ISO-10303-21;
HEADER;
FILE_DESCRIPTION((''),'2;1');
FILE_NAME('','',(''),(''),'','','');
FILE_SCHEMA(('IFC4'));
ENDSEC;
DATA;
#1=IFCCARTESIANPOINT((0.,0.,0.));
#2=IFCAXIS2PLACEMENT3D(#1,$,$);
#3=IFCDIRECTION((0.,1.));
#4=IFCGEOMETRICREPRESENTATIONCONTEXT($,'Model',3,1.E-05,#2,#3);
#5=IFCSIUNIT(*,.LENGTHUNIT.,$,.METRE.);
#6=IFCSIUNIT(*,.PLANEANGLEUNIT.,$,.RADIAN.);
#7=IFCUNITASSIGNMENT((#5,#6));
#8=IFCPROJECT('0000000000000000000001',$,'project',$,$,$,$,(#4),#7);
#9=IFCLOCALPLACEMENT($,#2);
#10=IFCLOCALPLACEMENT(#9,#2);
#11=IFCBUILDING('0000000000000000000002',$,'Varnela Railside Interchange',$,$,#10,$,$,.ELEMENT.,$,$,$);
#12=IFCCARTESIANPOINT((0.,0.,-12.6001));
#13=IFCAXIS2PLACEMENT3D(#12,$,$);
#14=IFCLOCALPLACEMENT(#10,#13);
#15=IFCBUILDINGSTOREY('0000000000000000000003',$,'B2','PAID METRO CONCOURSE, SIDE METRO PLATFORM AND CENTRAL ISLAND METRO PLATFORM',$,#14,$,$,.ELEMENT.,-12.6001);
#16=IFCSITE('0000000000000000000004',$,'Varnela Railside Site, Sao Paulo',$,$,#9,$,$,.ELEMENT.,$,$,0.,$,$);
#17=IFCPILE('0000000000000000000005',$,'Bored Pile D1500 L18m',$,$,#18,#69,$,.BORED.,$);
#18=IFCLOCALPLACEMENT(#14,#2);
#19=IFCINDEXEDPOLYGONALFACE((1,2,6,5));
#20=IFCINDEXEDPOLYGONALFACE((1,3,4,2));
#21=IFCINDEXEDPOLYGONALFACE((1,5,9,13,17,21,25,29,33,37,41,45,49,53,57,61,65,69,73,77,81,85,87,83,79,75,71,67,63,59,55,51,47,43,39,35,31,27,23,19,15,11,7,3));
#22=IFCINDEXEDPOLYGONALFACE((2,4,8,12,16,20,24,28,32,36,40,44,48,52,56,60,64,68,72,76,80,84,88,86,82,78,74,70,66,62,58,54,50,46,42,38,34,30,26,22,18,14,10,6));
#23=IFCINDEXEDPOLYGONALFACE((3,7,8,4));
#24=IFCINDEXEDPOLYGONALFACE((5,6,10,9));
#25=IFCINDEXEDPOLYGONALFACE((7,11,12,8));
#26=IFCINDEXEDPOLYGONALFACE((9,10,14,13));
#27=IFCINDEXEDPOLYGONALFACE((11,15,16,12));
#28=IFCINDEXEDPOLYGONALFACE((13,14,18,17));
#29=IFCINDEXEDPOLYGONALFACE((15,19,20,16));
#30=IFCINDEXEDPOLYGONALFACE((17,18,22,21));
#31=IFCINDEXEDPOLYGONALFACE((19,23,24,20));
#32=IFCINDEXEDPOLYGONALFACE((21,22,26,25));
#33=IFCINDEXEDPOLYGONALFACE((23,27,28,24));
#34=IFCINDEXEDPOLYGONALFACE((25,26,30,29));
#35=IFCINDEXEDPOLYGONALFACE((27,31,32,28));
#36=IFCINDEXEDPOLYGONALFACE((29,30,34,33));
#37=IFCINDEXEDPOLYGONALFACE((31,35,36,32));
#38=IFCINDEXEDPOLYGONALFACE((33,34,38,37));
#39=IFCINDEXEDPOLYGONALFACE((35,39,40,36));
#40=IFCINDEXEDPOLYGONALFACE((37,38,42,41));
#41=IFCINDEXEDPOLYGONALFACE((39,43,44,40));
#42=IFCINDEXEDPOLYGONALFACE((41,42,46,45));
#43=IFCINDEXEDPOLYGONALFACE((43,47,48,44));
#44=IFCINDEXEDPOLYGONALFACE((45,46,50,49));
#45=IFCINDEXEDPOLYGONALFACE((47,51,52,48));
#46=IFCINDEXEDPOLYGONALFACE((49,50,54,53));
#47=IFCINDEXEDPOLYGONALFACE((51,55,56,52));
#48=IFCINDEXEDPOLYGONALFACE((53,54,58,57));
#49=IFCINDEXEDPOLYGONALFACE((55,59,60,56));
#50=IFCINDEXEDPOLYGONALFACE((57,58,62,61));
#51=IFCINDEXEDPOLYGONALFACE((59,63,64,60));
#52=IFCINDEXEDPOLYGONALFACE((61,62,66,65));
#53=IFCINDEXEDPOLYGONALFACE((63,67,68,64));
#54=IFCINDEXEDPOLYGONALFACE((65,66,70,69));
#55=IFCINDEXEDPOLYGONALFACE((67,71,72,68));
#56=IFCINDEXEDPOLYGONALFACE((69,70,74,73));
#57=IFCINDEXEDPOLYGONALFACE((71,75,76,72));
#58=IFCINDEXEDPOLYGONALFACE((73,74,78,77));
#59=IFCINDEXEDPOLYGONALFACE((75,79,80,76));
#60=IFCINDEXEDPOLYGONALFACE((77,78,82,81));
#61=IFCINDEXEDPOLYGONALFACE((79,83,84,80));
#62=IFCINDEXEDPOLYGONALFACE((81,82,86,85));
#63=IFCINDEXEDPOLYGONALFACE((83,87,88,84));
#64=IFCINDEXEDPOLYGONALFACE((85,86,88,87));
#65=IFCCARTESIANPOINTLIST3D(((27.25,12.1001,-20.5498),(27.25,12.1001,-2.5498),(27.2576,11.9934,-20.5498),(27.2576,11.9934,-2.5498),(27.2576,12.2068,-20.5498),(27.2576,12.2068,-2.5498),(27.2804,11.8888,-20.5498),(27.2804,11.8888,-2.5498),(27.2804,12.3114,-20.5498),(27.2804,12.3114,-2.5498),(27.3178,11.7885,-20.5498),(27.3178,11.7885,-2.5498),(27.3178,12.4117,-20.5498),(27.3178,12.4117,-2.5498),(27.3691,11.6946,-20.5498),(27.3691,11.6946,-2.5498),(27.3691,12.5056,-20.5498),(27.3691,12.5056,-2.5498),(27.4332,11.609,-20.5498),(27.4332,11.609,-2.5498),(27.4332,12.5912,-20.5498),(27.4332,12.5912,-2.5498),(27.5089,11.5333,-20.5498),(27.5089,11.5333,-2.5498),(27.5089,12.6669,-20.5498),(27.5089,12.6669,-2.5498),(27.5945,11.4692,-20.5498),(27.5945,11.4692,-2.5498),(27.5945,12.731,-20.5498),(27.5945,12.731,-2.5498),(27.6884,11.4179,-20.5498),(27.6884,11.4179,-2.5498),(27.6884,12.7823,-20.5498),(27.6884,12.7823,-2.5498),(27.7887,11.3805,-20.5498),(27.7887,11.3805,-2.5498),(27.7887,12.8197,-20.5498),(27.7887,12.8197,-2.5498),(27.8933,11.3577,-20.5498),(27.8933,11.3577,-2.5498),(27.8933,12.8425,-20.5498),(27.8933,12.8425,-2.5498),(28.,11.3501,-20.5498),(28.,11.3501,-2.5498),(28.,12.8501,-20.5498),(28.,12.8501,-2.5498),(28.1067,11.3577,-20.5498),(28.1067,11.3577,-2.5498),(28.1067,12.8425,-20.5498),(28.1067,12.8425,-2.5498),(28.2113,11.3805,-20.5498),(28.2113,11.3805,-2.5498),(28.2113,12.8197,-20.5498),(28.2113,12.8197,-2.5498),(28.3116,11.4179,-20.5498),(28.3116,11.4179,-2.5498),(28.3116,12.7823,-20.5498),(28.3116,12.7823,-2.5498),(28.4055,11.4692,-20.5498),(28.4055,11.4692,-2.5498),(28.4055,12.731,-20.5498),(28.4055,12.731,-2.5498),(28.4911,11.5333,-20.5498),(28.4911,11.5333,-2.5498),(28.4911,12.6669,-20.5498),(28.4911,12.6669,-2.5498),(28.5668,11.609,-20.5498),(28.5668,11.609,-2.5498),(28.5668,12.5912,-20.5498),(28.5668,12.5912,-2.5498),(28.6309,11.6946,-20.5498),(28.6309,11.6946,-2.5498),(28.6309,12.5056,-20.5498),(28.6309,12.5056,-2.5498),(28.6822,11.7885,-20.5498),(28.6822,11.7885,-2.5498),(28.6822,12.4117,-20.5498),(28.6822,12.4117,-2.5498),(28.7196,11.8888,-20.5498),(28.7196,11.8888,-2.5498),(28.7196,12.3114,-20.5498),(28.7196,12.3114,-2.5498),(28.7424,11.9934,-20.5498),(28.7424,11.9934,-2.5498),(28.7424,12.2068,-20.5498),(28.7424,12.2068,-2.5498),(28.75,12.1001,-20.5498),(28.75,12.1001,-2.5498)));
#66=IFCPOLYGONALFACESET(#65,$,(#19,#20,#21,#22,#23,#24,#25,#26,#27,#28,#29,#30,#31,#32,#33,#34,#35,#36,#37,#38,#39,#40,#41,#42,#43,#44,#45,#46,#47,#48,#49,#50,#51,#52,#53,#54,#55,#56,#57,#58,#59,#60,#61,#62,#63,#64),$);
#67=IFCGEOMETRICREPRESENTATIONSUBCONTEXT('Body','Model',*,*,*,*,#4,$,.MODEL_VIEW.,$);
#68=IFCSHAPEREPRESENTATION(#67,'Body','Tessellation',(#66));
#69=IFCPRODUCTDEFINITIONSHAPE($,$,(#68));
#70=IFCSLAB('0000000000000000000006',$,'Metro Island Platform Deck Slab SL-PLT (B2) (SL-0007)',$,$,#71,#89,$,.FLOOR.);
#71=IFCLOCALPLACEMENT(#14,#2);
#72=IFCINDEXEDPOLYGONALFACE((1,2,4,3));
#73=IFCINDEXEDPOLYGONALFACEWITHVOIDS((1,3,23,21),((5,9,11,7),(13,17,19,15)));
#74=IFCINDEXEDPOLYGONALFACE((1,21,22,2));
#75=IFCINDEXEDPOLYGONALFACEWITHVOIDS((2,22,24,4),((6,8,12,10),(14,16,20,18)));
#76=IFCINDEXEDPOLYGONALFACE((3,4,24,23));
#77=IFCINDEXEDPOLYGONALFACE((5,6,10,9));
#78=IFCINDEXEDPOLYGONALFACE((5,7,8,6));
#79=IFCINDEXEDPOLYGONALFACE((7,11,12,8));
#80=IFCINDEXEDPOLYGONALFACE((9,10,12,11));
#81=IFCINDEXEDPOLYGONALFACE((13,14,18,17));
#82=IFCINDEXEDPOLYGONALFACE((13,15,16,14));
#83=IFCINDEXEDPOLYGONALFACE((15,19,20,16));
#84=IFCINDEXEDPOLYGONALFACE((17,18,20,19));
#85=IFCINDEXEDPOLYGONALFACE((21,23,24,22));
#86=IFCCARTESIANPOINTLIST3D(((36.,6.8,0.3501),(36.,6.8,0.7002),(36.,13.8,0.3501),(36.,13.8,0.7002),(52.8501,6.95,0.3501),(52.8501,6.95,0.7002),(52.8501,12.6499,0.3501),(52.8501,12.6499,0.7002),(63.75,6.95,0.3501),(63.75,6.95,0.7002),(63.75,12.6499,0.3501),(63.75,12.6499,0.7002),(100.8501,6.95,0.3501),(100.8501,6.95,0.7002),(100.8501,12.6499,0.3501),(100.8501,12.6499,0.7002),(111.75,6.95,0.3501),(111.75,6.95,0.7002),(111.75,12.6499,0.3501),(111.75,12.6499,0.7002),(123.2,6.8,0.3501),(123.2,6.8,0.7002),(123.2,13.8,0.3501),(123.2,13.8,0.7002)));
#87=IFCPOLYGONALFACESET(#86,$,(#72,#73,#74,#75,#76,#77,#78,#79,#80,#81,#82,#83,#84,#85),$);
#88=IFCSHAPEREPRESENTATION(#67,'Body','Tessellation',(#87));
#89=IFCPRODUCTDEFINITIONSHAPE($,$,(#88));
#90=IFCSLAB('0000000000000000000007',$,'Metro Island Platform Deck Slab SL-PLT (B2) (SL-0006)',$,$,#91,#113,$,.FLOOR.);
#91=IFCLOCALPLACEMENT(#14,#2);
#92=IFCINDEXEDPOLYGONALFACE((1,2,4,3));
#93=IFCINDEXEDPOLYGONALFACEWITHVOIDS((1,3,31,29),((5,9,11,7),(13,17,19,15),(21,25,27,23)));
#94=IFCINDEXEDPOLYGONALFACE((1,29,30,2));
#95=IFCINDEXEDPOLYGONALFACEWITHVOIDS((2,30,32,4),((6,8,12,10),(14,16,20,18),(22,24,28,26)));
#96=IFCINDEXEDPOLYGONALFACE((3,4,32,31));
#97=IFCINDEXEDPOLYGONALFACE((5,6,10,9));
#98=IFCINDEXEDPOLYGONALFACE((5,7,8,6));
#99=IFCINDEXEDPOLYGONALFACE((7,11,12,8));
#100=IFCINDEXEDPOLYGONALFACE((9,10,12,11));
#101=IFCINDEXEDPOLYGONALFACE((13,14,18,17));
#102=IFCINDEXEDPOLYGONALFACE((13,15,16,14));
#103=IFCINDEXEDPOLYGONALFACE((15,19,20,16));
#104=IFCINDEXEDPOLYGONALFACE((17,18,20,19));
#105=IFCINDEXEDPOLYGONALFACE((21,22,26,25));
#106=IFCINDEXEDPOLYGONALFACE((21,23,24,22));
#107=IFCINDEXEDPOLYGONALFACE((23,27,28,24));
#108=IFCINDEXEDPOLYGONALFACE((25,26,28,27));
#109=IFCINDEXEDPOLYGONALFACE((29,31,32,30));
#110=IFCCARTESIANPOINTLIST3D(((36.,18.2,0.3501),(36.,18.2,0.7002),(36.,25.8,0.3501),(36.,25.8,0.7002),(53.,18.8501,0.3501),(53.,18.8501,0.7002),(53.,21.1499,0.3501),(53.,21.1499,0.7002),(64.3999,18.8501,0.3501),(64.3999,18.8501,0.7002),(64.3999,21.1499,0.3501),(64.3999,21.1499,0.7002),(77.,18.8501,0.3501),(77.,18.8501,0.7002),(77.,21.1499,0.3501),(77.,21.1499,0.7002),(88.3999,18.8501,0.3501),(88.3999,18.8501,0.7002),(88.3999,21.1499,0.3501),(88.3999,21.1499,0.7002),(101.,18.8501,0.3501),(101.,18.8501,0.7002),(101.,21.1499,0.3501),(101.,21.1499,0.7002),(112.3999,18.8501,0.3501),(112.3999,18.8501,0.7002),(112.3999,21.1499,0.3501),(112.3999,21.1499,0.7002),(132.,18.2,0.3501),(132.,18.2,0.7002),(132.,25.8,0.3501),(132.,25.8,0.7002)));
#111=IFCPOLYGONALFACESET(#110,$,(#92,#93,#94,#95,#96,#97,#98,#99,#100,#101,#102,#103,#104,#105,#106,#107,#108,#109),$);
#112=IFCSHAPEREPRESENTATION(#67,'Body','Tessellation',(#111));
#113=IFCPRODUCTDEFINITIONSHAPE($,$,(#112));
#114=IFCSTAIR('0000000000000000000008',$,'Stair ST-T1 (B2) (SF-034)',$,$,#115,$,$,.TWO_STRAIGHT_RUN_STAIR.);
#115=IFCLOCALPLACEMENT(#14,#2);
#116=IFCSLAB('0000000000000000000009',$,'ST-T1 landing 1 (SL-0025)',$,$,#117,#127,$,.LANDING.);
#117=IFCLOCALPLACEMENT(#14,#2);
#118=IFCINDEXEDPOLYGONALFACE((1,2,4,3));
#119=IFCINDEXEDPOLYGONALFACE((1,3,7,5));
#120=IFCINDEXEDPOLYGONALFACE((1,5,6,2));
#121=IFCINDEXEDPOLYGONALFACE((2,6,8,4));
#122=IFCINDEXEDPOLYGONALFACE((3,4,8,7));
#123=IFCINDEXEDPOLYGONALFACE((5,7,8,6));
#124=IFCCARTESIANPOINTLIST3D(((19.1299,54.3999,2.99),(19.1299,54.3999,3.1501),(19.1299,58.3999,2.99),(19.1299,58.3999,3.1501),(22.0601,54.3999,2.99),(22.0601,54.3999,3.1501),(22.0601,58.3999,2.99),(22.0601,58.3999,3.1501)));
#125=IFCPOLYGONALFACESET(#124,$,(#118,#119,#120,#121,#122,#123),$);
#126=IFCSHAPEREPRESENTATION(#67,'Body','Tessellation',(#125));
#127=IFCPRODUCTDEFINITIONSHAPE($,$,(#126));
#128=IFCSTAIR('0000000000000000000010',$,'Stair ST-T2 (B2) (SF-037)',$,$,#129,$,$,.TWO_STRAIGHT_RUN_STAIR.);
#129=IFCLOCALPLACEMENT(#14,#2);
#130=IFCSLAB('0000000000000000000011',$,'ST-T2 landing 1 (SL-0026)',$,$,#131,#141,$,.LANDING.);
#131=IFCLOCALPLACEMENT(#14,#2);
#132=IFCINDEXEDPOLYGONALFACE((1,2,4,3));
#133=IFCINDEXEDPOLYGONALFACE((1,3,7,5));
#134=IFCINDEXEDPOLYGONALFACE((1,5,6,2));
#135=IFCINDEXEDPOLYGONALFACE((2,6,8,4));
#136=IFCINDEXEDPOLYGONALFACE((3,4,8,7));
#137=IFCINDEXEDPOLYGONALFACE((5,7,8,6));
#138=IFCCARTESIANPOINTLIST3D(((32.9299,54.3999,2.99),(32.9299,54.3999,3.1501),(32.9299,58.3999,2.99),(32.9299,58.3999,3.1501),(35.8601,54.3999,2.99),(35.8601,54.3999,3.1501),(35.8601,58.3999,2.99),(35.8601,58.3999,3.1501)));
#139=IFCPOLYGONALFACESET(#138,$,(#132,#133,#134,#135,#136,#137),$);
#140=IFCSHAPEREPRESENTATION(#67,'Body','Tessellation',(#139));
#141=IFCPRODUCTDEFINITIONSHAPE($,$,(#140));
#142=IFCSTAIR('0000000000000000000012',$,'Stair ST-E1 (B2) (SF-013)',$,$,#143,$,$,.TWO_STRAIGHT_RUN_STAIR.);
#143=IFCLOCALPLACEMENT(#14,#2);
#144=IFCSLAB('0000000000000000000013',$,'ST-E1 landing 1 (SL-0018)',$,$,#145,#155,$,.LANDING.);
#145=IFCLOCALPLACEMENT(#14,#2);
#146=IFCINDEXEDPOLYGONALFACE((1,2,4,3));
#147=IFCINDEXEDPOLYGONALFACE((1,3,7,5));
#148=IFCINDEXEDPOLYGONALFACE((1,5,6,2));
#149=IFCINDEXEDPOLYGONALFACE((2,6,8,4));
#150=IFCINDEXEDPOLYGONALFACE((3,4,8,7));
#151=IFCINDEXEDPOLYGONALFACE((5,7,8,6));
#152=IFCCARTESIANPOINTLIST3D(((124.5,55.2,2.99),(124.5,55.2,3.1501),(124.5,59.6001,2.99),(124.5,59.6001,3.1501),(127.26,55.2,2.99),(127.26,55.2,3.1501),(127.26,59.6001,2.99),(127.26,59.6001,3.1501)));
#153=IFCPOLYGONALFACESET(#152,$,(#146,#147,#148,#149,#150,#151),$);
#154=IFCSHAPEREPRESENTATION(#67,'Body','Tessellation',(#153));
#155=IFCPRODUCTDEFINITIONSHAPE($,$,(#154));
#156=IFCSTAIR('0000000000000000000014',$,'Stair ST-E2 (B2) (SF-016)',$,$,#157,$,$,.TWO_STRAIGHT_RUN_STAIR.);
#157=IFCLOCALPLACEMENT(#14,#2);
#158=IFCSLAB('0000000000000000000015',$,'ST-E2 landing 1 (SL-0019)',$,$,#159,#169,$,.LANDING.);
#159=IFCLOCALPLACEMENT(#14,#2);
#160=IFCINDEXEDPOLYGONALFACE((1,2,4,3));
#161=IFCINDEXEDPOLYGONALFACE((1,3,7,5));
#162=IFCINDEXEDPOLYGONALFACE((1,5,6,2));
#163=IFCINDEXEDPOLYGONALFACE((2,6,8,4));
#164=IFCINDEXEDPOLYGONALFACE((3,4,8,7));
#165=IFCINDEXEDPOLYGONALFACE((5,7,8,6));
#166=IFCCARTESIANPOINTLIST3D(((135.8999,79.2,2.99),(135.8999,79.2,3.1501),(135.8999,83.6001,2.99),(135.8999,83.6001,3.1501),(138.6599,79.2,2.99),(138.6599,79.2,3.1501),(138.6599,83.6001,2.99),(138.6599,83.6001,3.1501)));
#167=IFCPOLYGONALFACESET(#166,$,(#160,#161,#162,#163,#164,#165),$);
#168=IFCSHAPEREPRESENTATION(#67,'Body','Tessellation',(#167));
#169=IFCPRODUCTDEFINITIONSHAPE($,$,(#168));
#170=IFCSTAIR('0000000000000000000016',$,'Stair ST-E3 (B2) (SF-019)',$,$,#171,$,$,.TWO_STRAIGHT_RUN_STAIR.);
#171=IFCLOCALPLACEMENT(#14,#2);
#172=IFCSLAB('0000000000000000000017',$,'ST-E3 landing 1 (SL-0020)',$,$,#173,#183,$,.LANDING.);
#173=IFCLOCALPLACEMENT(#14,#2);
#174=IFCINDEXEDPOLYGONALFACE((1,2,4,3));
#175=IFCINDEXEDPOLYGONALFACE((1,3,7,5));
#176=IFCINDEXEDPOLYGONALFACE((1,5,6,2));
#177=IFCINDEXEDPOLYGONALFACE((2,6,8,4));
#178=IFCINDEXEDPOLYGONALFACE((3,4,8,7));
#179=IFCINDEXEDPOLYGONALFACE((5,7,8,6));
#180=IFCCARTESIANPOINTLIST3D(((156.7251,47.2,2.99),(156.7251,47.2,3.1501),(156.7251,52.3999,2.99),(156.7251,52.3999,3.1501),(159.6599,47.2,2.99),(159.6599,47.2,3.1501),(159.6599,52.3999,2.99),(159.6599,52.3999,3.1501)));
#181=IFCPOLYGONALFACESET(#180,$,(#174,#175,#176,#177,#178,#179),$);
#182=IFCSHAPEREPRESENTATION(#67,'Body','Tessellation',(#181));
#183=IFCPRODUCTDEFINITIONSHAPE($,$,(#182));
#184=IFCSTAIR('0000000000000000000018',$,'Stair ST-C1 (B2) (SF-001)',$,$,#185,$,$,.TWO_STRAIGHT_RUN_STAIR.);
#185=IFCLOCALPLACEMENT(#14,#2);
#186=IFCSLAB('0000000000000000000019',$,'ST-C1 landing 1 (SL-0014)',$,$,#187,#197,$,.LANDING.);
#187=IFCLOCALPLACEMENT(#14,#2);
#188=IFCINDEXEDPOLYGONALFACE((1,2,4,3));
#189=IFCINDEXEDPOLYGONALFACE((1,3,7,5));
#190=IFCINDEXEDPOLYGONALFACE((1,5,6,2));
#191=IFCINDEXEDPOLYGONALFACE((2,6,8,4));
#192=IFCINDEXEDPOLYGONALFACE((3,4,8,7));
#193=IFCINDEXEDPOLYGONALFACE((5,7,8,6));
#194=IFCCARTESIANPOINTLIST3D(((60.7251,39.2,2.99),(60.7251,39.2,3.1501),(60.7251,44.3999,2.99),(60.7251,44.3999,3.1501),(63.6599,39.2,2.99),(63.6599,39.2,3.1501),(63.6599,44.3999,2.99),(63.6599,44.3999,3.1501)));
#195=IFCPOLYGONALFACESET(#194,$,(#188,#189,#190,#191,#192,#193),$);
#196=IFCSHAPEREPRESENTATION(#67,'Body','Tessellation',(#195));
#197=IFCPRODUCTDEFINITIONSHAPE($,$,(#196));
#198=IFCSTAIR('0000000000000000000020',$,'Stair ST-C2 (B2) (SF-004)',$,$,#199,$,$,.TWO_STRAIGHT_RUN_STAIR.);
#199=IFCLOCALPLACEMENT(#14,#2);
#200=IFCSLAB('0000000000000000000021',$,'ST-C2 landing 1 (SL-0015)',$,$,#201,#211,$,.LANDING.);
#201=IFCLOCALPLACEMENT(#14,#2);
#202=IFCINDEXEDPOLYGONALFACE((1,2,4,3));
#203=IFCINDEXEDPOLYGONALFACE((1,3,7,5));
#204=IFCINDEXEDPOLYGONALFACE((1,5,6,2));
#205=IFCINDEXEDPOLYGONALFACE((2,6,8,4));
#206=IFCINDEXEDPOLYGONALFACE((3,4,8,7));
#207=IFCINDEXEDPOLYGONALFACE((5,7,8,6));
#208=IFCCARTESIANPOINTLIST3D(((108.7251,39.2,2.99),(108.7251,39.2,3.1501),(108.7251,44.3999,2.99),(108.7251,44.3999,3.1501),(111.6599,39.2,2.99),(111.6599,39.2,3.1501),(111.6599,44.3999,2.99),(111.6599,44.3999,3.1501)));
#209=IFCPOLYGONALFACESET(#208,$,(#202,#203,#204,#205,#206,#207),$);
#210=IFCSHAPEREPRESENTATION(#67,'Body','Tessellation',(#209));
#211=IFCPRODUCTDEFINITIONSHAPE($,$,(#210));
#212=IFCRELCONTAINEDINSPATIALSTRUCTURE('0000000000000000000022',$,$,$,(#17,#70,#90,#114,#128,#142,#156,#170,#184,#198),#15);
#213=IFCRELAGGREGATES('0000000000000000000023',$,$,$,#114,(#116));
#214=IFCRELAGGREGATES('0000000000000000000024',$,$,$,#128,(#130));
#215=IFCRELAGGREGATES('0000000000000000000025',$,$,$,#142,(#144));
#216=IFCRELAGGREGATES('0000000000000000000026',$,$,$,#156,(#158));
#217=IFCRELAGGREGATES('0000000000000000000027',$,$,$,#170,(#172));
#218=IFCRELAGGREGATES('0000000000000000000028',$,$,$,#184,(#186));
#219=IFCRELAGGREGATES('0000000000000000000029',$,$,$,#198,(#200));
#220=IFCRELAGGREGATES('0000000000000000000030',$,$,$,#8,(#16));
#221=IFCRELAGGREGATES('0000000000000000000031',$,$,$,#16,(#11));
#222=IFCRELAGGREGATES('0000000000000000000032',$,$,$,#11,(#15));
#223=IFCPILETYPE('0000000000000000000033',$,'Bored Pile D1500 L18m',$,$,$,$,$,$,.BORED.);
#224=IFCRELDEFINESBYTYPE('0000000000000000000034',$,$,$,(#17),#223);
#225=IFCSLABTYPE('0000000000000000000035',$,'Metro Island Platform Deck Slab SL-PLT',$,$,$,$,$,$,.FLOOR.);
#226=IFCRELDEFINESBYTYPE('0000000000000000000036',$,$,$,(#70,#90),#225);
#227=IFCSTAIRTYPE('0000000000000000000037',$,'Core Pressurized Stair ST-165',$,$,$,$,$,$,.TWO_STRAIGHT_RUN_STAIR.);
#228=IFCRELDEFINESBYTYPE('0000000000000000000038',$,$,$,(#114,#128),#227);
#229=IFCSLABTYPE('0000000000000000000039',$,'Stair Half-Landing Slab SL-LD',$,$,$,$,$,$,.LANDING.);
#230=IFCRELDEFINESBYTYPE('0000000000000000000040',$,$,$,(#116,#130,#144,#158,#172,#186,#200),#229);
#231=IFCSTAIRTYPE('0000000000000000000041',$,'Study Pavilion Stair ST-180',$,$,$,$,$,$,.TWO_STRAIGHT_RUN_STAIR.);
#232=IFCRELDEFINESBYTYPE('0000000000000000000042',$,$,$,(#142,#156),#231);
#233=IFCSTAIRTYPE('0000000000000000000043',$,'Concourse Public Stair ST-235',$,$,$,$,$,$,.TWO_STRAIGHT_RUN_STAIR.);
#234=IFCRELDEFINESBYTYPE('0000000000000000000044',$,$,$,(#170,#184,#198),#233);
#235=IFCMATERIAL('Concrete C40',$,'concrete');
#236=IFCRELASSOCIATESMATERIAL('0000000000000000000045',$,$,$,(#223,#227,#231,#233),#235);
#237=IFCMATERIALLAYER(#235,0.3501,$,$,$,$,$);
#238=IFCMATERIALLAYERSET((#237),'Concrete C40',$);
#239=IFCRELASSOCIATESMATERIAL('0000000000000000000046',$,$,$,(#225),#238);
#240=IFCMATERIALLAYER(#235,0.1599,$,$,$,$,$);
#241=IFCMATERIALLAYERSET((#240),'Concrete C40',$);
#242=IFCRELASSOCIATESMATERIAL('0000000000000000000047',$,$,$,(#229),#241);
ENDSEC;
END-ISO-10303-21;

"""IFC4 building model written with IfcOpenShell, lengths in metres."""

from ifc_helpers import new_model, si_unit, direction, frame, origin, origin_2d, place, context, subcontext, project, spatial, polyline, circle, outline, extrude, material, layer, layer_set, material_profile, profile_set, type_object, element, aggregate, save


model = new_model("IFC4")

# Units and contexts
model_context = context("Model", 3, precision=1e-05, world=origin(), true_north=direction((0.0, 1.0)))
body_context = subcontext(model_context, "Body", "Model", "MODEL_VIEW")
ifc_project = project(units=[si_unit("LENGTHUNIT", "METRE"), si_unit("PLANEANGLEUNIT", "RADIAN")], contexts=[model_context])

# Site, building, storey
site_placement = place(None, origin())
site = spatial("IfcSite", under=ifc_project, at=site_placement, Name="Varnela Railside Site, Sao Paulo", CompositionType="ELEMENT", RefElevation=0.0)
building_placement = place(site_placement, origin())
building = spatial("IfcBuilding", under=site, at=building_placement, Name="Varnela Railside Interchange", CompositionType="ELEMENT")
storey_placement = place(building_placement, frame((0.0, 0.0, -12.6001)))
storey = spatial("IfcBuildingStorey", under=building, at=storey_placement, Name="B2", Description="PAID METRO CONCOURSE, SIDE METRO PLATFORM AND CENTRAL ISLAND METRO PLATFORM", CompositionType="ELEMENT", Elevation=-12.6001)

# Pile
ifc_material_1 = material(Name="Concrete C40", Category="concrete")
ifc_material_profile = material_profile(ifc_material_1, circle(Radius=0.75, at=origin_2d()), Name="BORED PILE D1500")
ifc_profile_set = profile_set([ifc_material_profile], Name="Concrete C40")
pile_type = type_object("IfcPileType", Name="Bored Pile D1500 L18m", PredefinedType="BORED", material=ifc_profile_set)
pile_placement = place(storey_placement, frame((28.0, 12.1001, -2.5498), z_axis=(0.0, 0.0, -1.0), x_axis=(1.0, 0.0, 0.0)))
element("IfcPile", 1, at=pile_placement, inside=storey, type_object=pile_type, Name="Bored Pile D1500 L18m", PredefinedType="BORED", context=body_context, shape_type="SweptSolid", body=[
    extrude(circle(Radius=0.75, at=origin_2d()), origin(), (0.0, 0.0, 1.0), 18.0),
])

# Slabs
ifc_layer_1 = layer(ifc_material_1, 0.3501)
ifc_layer_set_1 = layer_set([ifc_layer_1], Name="Concrete C40")
slab_type_1 = type_object("IfcSlabType", Name="Metro Island Platform Deck Slab SL-PLT", PredefinedType="FLOOR", material=ifc_layer_set_1)
slab_1_placement = place(storey_placement, frame((0.0, 0.0, 0.3501)))
element("IfcSlab", 2, at=slab_1_placement, inside=storey, type_object=slab_type_1, Name="Metro Island Platform Deck Slab SL-PLT (B2) (SL-0007)", PredefinedType="FLOOR", context=body_context, shape_type="SweptSolid", body=[
    extrude(outline(polyline([(36.0, 6.8), (123.2, 6.8), (123.2, 13.8), (36.0, 13.8), (36.0, 6.8)]), holes=[polyline([(52.8501, 6.95), (63.75, 6.95), (63.75, 12.6499), (52.8501, 12.6499), (52.8501, 6.95)]), polyline([(100.8501, 6.95), (111.75, 6.95), (111.75, 12.6499), (100.8501, 12.6499), (100.8501, 6.95)])]), origin(), (0.0, 0.0, 1.0), 0.3501),
])
slab_2_placement = place(storey_placement, frame((0.0, 0.0, 0.3501)))
element("IfcSlab", 3, at=slab_2_placement, inside=storey, type_object=slab_type_1, Name="Metro Island Platform Deck Slab SL-PLT (B2) (SL-0006)", PredefinedType="FLOOR", context=body_context, shape_type="SweptSolid", body=[
    extrude(outline(polyline([(36.0, 18.2), (132.0, 18.2), (132.0, 25.8), (36.0, 25.8), (36.0, 18.2)]), holes=[polyline([(53.0, 18.8501), (64.3999, 18.8501), (64.3999, 21.1499), (53.0, 21.1499), (53.0, 18.8501)]), polyline([(77.0, 18.8501), (88.3999, 18.8501), (88.3999, 21.1499), (77.0, 21.1499), (77.0, 18.8501)]), polyline([(101.0, 18.8501), (112.3999, 18.8501), (112.3999, 21.1499), (101.0, 21.1499), (101.0, 18.8501)])]), origin(), (0.0, 0.0, 1.0), 0.3501),
])

# Stairs, slabs
stair_type_1 = type_object("IfcStairType", Name="Core Pressurized Stair ST-165", PredefinedType="TWO_STRAIGHT_RUN_STAIR", material=ifc_material_1)
stair_1_placement = place(storey_placement, origin())
stair_1 = element("IfcStair", 4, at=stair_1_placement, inside=storey, type_object=stair_type_1, Name="Stair ST-T1 (B2) (SF-034)", PredefinedType="TWO_STRAIGHT_RUN_STAIR")
ifc_layer_2 = layer(ifc_material_1, 0.1599)
ifc_layer_set_2 = layer_set([ifc_layer_2], Name="Concrete C40")
slab_type_2 = type_object("IfcSlabType", Name="Stair Half-Landing Slab SL-LD", PredefinedType="LANDING", material=ifc_layer_set_2)
slab_3_placement = place(storey_placement, frame((0.0, 0.0, 2.99)))
slab_3 = element("IfcSlab", 5, at=slab_3_placement, type_object=slab_type_2, Name="ST-T1 landing 1 (SL-0025)", PredefinedType="LANDING", context=body_context, shape_type="SweptSolid", body=[
    extrude(outline(polyline([(19.1299, 54.3999), (22.0601, 54.3999), (22.0601, 58.3999), (19.1299, 58.3999), (19.1299, 54.3999)])), origin(), (0.0, 0.0, 1.0), 0.1602),
])
aggregate(stair_1, [slab_3])
stair_2_placement = place(storey_placement, origin())
stair_2 = element("IfcStair", 6, at=stair_2_placement, inside=storey, type_object=stair_type_1, Name="Stair ST-T2 (B2) (SF-037)", PredefinedType="TWO_STRAIGHT_RUN_STAIR")
slab_4_placement = place(storey_placement, frame((0.0, 0.0, 2.99)))
slab_4 = element("IfcSlab", 7, at=slab_4_placement, type_object=slab_type_2, Name="ST-T2 landing 1 (SL-0026)", PredefinedType="LANDING", context=body_context, shape_type="SweptSolid", body=[
    extrude(outline(polyline([(32.9299, 54.3999), (35.8601, 54.3999), (35.8601, 58.3999), (32.9299, 58.3999), (32.9299, 54.3999)])), origin(), (0.0, 0.0, 1.0), 0.1602),
])
aggregate(stair_2, [slab_4])
stair_type_2 = type_object("IfcStairType", Name="Study Pavilion Stair ST-180", PredefinedType="TWO_STRAIGHT_RUN_STAIR", material=ifc_material_1)
stair_3_placement = place(storey_placement, origin())
stair_3 = element("IfcStair", 8, at=stair_3_placement, inside=storey, type_object=stair_type_2, Name="Stair ST-E1 (B2) (SF-013)", PredefinedType="TWO_STRAIGHT_RUN_STAIR")
slab_5_placement = place(storey_placement, frame((0.0, 0.0, 2.99)))
slab_5 = element("IfcSlab", 9, at=slab_5_placement, type_object=slab_type_2, Name="ST-E1 landing 1 (SL-0018)", PredefinedType="LANDING", context=body_context, shape_type="SweptSolid", body=[
    extrude(outline(polyline([(124.5, 55.2), (127.26, 55.2), (127.26, 59.6001), (124.5, 59.6001), (124.5, 55.2)])), origin(), (0.0, 0.0, 1.0), 0.1602),
])
aggregate(stair_3, [slab_5])
stair_4_placement = place(storey_placement, origin())
stair_4 = element("IfcStair", 10, at=stair_4_placement, inside=storey, type_object=stair_type_2, Name="Stair ST-E2 (B2) (SF-016)", PredefinedType="TWO_STRAIGHT_RUN_STAIR")
slab_6_placement = place(storey_placement, frame((0.0, 0.0, 2.99)))
slab_6 = element("IfcSlab", 11, at=slab_6_placement, type_object=slab_type_2, Name="ST-E2 landing 1 (SL-0019)", PredefinedType="LANDING", context=body_context, shape_type="SweptSolid", body=[
    extrude(outline(polyline([(135.8999, 79.2), (138.6599, 79.2), (138.6599, 83.6001), (135.8999, 83.6001), (135.8999, 79.2)])), origin(), (0.0, 0.0, 1.0), 0.1602),
])
aggregate(stair_4, [slab_6])
stair_type_3 = type_object("IfcStairType", Name="Concourse Public Stair ST-235", PredefinedType="TWO_STRAIGHT_RUN_STAIR", material=ifc_material_1)
stair_5_placement = place(storey_placement, origin())
stair_5 = element("IfcStair", 12, at=stair_5_placement, inside=storey, type_object=stair_type_3, Name="Stair ST-E3 (B2) (SF-019)", PredefinedType="TWO_STRAIGHT_RUN_STAIR")
slab_7_placement = place(storey_placement, frame((0.0, 0.0, 2.99)))
slab_7 = element("IfcSlab", 13, at=slab_7_placement, type_object=slab_type_2, Name="ST-E3 landing 1 (SL-0020)", PredefinedType="LANDING", context=body_context, shape_type="SweptSolid", body=[
    extrude(outline(polyline([(156.7251, 47.2), (159.6599, 47.2), (159.6599, 52.3999), (156.7251, 52.3999), (156.7251, 47.2)])), origin(), (0.0, 0.0, 1.0), 0.1602),
])
aggregate(stair_5, [slab_7])
stair_6_placement = place(storey_placement, origin())
stair_6 = element("IfcStair", 14, at=stair_6_placement, inside=storey, type_object=stair_type_3, Name="Stair ST-C1 (B2) (SF-001)", PredefinedType="TWO_STRAIGHT_RUN_STAIR")
slab_8_placement = place(storey_placement, frame((0.0, 0.0, 2.99)))
slab_8 = element("IfcSlab", 15, at=slab_8_placement, type_object=slab_type_2, Name="ST-C1 landing 1 (SL-0014)", PredefinedType="LANDING", context=body_context, shape_type="SweptSolid", body=[
    extrude(outline(polyline([(60.7251, 39.2), (63.6599, 39.2), (63.6599, 44.3999), (60.7251, 44.3999), (60.7251, 39.2)])), origin(), (0.0, 0.0, 1.0), 0.1602),
])
aggregate(stair_6, [slab_8])
stair_7_placement = place(storey_placement, origin())
stair_7 = element("IfcStair", 16, at=stair_7_placement, inside=storey, type_object=stair_type_3, Name="Stair ST-C2 (B2) (SF-004)", PredefinedType="TWO_STRAIGHT_RUN_STAIR")
slab_9_placement = place(storey_placement, frame((0.0, 0.0, 2.99)))
slab_9 = element("IfcSlab", 17, at=slab_9_placement, type_object=slab_type_2, Name="ST-C2 landing 1 (SL-0015)", PredefinedType="LANDING", context=body_context, shape_type="SweptSolid", body=[
    extrude(outline(polyline([(108.7251, 39.2), (111.6599, 39.2), (111.6599, 44.3999), (108.7251, 44.3999), (108.7251, 39.2)])), origin(), (0.0, 0.0, 1.0), 0.1602),
])
aggregate(stair_7, [slab_9])

save(model, "model.ifc")
